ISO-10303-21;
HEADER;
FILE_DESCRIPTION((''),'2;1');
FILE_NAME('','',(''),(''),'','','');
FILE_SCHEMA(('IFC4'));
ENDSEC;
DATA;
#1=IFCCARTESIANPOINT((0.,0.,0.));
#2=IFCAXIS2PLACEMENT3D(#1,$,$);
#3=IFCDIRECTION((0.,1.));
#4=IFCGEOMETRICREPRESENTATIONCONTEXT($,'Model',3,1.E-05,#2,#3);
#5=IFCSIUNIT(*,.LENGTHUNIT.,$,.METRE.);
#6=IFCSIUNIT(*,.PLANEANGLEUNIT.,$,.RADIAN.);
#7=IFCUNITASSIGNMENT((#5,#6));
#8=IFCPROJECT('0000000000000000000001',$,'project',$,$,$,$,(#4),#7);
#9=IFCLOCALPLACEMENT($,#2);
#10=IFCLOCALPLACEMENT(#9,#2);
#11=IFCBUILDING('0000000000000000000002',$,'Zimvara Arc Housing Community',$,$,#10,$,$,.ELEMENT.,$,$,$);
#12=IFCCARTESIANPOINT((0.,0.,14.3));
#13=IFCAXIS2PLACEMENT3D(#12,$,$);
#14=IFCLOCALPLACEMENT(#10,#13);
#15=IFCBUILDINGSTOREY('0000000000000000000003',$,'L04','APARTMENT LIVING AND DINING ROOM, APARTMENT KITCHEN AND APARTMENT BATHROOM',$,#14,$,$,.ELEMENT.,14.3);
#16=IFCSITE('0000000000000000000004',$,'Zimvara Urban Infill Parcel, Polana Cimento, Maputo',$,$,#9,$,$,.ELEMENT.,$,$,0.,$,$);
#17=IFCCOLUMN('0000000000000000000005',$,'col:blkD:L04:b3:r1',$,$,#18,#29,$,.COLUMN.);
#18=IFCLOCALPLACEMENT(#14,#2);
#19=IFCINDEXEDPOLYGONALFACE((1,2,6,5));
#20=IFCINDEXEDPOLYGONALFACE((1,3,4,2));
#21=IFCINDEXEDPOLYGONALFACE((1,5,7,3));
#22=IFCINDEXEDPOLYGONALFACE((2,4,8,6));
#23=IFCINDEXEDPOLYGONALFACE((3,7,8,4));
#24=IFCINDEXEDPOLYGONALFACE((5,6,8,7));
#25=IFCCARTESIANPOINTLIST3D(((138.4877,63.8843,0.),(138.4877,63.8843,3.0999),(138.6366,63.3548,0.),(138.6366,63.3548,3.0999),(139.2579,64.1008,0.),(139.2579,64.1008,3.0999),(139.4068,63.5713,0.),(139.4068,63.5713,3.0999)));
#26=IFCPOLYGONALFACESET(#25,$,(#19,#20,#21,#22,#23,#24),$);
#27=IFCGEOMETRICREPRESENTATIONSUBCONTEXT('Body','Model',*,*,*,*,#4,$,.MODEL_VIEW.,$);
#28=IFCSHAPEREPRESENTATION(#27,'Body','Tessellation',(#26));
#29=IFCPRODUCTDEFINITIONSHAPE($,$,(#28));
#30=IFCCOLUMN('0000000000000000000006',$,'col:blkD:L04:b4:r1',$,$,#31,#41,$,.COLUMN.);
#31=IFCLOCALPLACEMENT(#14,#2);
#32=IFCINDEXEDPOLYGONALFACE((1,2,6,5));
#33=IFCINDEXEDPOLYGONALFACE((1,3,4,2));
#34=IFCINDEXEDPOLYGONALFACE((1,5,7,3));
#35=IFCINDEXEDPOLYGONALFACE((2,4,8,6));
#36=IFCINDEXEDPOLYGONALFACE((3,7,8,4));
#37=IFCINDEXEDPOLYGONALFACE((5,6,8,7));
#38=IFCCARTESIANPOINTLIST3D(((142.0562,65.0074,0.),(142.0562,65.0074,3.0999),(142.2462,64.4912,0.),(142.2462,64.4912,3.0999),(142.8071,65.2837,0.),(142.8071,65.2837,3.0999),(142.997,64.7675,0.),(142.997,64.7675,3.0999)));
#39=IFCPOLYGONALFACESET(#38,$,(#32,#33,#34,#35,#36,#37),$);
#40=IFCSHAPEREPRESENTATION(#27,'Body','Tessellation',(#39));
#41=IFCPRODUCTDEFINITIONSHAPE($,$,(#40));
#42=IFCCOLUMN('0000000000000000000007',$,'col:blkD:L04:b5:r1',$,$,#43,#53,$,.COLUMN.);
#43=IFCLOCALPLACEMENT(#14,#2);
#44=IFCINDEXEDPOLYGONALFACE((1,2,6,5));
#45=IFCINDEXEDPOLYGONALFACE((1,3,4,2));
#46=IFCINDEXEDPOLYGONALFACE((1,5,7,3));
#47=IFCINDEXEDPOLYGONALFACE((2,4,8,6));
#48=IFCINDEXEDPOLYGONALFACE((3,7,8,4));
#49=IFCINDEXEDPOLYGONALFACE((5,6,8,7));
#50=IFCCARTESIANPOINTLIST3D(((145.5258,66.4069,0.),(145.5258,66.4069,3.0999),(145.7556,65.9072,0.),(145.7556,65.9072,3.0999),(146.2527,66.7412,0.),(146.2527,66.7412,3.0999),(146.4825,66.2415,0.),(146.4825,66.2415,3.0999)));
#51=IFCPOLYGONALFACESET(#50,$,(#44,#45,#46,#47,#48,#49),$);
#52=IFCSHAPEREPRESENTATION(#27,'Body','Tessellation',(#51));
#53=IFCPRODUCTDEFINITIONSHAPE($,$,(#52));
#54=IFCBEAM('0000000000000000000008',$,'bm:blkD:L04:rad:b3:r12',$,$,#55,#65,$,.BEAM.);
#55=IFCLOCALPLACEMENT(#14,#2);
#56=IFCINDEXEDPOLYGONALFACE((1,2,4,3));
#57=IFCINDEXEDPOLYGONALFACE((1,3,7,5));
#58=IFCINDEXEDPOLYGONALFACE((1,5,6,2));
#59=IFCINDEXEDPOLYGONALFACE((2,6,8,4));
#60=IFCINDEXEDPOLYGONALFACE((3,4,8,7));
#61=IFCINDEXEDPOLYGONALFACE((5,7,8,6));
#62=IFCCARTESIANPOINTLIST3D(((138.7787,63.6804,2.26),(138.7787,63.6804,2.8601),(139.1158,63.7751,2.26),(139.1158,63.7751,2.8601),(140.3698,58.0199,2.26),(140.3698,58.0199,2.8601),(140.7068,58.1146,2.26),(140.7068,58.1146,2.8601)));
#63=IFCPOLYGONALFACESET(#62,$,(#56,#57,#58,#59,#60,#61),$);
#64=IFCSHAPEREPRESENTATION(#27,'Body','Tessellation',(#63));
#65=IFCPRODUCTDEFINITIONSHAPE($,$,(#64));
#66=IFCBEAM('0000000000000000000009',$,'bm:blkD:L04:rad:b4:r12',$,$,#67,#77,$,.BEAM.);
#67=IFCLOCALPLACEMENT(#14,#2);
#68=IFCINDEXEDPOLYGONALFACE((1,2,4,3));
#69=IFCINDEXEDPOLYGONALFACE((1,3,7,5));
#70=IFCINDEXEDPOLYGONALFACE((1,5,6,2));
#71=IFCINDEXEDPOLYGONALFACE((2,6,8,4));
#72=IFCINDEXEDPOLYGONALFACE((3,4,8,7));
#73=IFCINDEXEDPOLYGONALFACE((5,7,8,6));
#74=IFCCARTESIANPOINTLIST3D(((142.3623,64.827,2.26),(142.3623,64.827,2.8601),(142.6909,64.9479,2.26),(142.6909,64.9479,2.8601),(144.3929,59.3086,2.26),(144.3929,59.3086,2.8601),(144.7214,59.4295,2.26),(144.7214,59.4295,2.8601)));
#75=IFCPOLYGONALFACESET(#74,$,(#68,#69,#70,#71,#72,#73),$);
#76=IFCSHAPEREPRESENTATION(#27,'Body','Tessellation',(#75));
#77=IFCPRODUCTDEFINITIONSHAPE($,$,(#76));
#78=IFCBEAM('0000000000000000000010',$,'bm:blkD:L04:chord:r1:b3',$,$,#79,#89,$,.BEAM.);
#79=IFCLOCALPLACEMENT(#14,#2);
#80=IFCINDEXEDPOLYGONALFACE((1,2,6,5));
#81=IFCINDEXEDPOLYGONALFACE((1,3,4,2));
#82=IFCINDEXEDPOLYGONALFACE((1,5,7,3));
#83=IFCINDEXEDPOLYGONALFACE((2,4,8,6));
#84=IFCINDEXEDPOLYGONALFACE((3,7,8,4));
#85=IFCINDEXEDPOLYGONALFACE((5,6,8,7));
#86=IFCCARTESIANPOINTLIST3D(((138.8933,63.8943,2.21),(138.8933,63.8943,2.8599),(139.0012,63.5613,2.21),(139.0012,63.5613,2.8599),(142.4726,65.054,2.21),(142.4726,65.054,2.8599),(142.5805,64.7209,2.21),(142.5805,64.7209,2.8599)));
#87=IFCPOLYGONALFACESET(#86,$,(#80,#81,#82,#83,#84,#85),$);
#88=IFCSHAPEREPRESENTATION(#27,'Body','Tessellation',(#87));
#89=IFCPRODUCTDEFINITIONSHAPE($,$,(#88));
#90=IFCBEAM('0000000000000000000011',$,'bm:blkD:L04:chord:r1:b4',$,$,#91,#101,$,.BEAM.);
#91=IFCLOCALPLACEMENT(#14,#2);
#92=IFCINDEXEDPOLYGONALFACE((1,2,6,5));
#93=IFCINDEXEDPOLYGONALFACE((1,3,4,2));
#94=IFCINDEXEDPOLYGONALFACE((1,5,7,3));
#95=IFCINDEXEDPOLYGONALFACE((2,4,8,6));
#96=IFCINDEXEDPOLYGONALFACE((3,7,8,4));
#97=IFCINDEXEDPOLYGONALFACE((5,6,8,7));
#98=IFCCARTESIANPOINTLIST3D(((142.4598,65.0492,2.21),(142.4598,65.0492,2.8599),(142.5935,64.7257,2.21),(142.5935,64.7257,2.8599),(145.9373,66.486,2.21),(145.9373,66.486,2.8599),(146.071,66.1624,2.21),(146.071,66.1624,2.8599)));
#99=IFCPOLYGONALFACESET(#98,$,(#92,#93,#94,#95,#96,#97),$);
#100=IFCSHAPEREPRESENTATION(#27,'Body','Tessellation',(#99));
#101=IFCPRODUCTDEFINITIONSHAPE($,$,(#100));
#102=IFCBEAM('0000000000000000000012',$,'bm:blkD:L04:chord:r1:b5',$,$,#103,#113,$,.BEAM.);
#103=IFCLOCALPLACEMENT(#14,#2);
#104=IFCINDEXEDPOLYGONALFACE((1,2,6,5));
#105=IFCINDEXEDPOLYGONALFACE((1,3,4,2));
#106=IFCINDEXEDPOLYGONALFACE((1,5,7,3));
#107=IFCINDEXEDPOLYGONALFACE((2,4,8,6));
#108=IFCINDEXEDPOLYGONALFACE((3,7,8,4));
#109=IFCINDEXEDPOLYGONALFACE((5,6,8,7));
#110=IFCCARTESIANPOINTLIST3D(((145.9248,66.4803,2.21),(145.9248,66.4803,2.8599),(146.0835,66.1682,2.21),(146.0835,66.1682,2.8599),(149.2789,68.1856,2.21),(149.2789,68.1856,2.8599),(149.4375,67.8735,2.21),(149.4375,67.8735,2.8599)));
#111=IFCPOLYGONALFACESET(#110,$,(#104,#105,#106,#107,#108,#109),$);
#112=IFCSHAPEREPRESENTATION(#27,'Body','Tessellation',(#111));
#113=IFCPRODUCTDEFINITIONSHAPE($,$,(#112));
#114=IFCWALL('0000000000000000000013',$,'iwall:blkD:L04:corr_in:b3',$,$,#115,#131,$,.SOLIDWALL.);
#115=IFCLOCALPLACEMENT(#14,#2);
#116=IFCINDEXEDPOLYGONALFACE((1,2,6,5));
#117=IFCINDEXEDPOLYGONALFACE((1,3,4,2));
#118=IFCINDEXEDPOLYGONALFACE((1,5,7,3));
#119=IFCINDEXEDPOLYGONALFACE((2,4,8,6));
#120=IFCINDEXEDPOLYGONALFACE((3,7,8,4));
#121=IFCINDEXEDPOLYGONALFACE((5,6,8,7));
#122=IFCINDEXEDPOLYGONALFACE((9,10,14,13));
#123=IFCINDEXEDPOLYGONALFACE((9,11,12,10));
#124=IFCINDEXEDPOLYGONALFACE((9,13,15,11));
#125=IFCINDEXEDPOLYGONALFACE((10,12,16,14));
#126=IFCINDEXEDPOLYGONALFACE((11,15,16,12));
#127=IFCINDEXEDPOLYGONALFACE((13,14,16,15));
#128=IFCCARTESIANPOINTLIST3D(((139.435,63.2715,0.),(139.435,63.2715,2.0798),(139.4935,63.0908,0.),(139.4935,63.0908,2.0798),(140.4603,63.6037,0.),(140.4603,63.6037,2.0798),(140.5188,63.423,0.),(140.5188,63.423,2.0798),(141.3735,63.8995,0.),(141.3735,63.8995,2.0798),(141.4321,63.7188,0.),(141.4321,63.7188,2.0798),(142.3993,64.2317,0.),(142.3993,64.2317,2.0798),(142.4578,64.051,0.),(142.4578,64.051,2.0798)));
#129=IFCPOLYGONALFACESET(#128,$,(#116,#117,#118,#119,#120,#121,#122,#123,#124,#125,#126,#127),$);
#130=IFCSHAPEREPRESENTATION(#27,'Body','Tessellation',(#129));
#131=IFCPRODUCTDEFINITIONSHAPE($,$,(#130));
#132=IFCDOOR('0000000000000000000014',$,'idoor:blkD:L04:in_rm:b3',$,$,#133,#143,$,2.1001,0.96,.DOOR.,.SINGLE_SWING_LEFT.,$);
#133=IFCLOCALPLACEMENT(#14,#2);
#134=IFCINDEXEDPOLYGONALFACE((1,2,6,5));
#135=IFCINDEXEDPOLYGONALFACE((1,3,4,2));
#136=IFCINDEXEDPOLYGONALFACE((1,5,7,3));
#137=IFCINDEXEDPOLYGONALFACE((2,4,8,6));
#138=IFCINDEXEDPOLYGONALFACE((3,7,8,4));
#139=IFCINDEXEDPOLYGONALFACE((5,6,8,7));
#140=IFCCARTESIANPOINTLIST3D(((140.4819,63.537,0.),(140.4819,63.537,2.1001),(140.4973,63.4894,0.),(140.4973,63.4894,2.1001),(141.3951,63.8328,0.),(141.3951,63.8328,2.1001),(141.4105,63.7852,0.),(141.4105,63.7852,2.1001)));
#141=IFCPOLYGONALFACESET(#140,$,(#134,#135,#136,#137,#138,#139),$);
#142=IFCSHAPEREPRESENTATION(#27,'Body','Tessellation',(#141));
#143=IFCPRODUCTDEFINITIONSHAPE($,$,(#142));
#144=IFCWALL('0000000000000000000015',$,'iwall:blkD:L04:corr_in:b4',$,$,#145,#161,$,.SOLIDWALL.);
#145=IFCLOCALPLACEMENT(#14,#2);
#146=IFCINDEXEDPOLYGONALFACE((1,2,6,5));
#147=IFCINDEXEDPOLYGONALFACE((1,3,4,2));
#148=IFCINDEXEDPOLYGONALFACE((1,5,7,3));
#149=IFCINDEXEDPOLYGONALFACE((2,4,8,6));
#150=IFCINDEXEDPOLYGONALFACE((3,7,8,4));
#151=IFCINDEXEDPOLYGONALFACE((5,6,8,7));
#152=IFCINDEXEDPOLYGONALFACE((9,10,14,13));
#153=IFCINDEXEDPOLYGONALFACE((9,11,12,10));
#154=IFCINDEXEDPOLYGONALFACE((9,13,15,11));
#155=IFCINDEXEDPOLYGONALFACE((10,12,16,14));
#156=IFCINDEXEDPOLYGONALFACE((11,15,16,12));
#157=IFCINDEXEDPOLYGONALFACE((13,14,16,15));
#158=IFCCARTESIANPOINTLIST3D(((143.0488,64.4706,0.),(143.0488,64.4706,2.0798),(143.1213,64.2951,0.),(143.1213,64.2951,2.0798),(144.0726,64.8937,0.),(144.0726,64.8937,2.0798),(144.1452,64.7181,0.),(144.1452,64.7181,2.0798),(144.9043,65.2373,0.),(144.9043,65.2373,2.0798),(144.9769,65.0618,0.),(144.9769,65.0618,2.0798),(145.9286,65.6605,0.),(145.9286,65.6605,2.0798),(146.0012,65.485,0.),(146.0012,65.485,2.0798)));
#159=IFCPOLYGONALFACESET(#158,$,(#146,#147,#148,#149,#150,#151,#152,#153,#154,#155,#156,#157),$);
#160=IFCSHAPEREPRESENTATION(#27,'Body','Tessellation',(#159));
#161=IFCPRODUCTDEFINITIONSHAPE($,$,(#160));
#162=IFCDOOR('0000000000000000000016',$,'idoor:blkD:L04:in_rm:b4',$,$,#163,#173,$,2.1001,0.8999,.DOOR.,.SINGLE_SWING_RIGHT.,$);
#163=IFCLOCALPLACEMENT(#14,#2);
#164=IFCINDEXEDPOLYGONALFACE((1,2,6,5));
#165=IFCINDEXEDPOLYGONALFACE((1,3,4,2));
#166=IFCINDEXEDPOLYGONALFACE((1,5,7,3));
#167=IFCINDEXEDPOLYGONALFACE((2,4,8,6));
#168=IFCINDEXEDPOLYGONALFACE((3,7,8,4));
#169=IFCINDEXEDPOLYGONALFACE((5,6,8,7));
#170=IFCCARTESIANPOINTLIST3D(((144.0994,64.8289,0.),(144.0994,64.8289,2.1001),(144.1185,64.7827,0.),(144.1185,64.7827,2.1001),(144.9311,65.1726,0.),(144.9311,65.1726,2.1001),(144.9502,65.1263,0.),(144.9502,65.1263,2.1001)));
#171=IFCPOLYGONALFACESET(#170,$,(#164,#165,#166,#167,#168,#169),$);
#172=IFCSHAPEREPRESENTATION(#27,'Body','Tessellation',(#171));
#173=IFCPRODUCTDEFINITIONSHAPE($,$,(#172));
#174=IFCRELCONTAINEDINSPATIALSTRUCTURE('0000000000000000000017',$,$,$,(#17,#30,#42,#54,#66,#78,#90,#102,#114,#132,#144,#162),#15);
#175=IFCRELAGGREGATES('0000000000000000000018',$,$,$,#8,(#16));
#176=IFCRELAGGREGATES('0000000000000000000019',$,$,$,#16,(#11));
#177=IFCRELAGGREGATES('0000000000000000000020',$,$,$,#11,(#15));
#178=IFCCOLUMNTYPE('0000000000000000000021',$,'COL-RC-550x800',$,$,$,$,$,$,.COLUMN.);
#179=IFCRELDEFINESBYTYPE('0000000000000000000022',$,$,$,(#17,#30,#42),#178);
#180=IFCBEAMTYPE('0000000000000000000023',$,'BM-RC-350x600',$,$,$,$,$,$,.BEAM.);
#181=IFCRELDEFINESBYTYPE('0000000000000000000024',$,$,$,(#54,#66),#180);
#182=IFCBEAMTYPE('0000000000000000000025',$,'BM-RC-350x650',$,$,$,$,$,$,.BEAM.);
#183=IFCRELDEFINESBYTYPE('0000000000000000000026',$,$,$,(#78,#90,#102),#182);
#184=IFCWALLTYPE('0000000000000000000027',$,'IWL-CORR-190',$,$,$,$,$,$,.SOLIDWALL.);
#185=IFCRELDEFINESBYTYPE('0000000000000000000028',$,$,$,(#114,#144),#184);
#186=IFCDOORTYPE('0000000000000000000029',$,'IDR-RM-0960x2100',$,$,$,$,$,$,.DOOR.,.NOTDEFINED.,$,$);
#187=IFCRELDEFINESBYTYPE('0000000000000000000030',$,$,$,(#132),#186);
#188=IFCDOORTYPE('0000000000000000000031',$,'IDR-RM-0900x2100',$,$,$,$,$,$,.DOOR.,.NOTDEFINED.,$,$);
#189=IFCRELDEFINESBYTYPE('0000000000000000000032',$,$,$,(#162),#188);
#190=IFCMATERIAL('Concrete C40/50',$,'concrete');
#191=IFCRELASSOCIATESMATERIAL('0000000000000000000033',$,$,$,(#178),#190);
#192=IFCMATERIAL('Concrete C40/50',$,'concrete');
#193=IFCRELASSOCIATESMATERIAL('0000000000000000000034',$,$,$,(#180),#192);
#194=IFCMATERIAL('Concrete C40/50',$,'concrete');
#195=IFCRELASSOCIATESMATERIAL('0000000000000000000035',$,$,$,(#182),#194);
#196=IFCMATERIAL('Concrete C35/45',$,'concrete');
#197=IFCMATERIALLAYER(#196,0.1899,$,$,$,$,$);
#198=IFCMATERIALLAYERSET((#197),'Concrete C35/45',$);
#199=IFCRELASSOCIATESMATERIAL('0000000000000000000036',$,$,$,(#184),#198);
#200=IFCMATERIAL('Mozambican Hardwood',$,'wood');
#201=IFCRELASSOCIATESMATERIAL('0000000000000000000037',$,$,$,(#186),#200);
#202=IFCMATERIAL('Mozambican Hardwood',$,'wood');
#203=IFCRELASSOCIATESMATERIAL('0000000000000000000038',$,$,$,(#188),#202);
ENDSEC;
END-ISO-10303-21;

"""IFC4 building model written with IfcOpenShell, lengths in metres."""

from ifc_helpers import new_model, si_unit, direction, frame, frame_2d, origin, origin_2d, place, context, subcontext, project, spatial, rectangle, extrude, material, layer, layer_set, material_profile, profile_set, type_object, element, fill, save


model = new_model("IFC4")

# Units and contexts
model_context = context("Model", 3, precision=1e-05, world=origin(), true_north=direction((0.0, 1.0)))
body_context = subcontext(model_context, "Body", "Model", "MODEL_VIEW")
ifc_project = project(units=[si_unit("LENGTHUNIT", "METRE"), si_unit("PLANEANGLEUNIT", "RADIAN")], contexts=[model_context])

# Site, building, storey
site_placement = place(None, origin())
site = spatial("IfcSite", under=ifc_project, at=site_placement, Name="Zimvara Urban Infill Parcel, Polana Cimento, Maputo", CompositionType="ELEMENT", RefElevation=0.0)
building_placement = place(site_placement, origin())
building = spatial("IfcBuilding", under=site, at=building_placement, Name="Zimvara Arc Housing Community", CompositionType="ELEMENT")
storey_placement = place(building_placement, frame((0.0, 0.0, 14.3)))
storey = spatial("IfcBuildingStorey", under=building, at=storey_placement, Name="L04", Description="APARTMENT LIVING AND DINING ROOM, APARTMENT KITCHEN AND APARTMENT BATHROOM", CompositionType="ELEMENT", Elevation=14.3)

# Columns
ifc_material_1 = material(Name="Concrete C40/50", Category="concrete")
ifc_material_profile_1 = material_profile(ifc_material_1, rectangle(XDim=0.55, YDim=0.8, at=origin_2d()), Name="RC 550x800")
ifc_profile_set_1 = profile_set([ifc_material_profile_1], Name="Concrete C40/50")
column_type = type_object("IfcColumnType", Name="COL-RC-550x800", PredefinedType="COLUMN", material=ifc_profile_set_1)
for number, where, z_axis, x_axis, name in (
    (1, (138.9473, 63.7278, 0.0), (0.0, 0.0, 1.0), (0.2706, -0.962692, 0.0), "col:blkD:L04:b3:r1"),
    (2, (142.5266, 64.8875, 0.0), (0.0, 0.0, 1.0), (0.345298, -0.938493, 0.0), "col:blkD:L04:b4:r1"),
    (3, (146.0042, 66.3242, 0.0), (0.0, 0.0, 1.0), (0.417867, -0.908508, 0.0), "col:blkD:L04:b5:r1"),
):
    element("IfcColumn", number, at=place(storey_placement, frame(where, z_axis=z_axis, x_axis=x_axis)), inside=storey, type_object=column_type, Name=name, PredefinedType="COLUMN", context=body_context, shape_type="SweptSolid", body=[
        extrude(rectangle(XDim=0.55, YDim=0.8, at=origin_2d()), origin(), (0.0, 0.0, 1.0), 3.0999),
    ])

# Beams
ifc_material_2 = material(Name="Concrete C40/50", Category="concrete")
ifc_material_profile_2 = material_profile(ifc_material_2, rectangle(XDim=0.3501, YDim=0.6001, at=origin_2d()), Name="RC 350x600")
ifc_profile_set_2 = profile_set([ifc_material_profile_2], Name="Concrete C40/50")
beam_type_1 = type_object("IfcBeamType", Name="BM-RC-350x600", PredefinedType="BEAM", material=ifc_profile_set_2)
beam_1_placement = place(storey_placement, frame((138.9473, 63.7278, 2.5601), z_axis=(0.270589, -0.962695, 0.0), x_axis=(0.962695, 0.270589, 0.0)))
element("IfcBeam", 4, at=beam_1_placement, inside=storey, type_object=beam_type_1, Name="bm:blkD:L04:rad:b3:r12", PredefinedType="BEAM", context=body_context, shape_type="SweptSolid", body=[
    extrude(rectangle(XDim=0.3501, YDim=0.6001, at=origin_2d()), origin(), (0.0, 0.0, 1.0), 5.8799),
])
beam_2_placement = place(storey_placement, frame((142.5266, 64.8875, 2.5601), z_axis=(0.345324, -0.938483, 0.0), x_axis=(0.938483, 0.345324, 0.0)))
element("IfcBeam", 5, at=beam_2_placement, inside=storey, type_object=beam_type_1, Name="bm:blkD:L04:rad:b4:r12", PredefinedType="BEAM", context=body_context, shape_type="SweptSolid", body=[
    extrude(rectangle(XDim=0.3501, YDim=0.6001, at=origin_2d()), origin(), (0.0, 0.0, 1.0), 5.8801),
])
ifc_material_3 = material(Name="Concrete C40/50", Category="concrete")
ifc_material_profile_3 = material_profile(ifc_material_3, rectangle(XDim=0.3501, YDim=0.6499, at=origin_2d()), Name="RC 350x650")
ifc_profile_set_3 = profile_set([ifc_material_profile_3], Name="Concrete C40/50")
beam_type_2 = type_object("IfcBeamType", Name="BM-RC-350x650", PredefinedType="BEAM", material=ifc_profile_set_3)
beam_3_placement = place(storey_placement, frame((138.9473, 63.7278, 2.5349), z_axis=(0.951316, 0.308216, 0.0), x_axis=(-0.308216, 0.951316, 0.0)))
element("IfcBeam", 6, at=beam_3_placement, inside=storey, type_object=beam_type_2, Name="bm:blkD:L04:chord:r1:b3", PredefinedType="BEAM", context=body_context, shape_type="SweptSolid", body=[
    extrude(rectangle(XDim=0.3501, YDim=0.6499, at=origin_2d()), origin(), (0.0, 0.0, 1.0), 3.7625),
])
for number, where, z_axis, x_axis, name in (
    (7, (142.5266, 64.8875, 2.5349), (0.924225, 0.381849, 0.0), (-0.381849, 0.924225, 0.0), "bm:blkD:L04:chord:r1:b4"),
    (8, (146.0042, 66.3242, 2.5349), (0.891396, 0.453225, 0.0), (-0.453225, 0.891396, 0.0), "bm:blkD:L04:chord:r1:b5"),
):
    element("IfcBeam", number, at=place(storey_placement, frame(where, z_axis=z_axis, x_axis=x_axis)), inside=storey, type_object=beam_type_2, Name=name, PredefinedType="BEAM", context=body_context, shape_type="SweptSolid", body=[
        extrude(rectangle(XDim=0.3501, YDim=0.6499, at=origin_2d()), origin(), (0.0, 0.0, 1.0), 3.7627),
    ])

# Walls, openings, doors
ifc_material_4 = material(Name="Concrete C35/45", Category="concrete")
ifc_layer_1 = layer(ifc_material_4, 0.1899)
ifc_layer_set_1 = layer_set([ifc_layer_1], Name="Concrete C35/45")
wall_type_1 = type_object("IfcWallType", Name="IWL-CORR-190", PredefinedType="SOLIDWALL", material=ifc_layer_set_1)
wall_1_placement = place(storey_placement, frame((139.4641, 63.1812, 0.0), z_axis=(0.0, 0.0, 1.0), x_axis=(0.951336, 0.308154, 0.0)))
wall_1 = element("IfcWall", 9, at=wall_1_placement, inside=storey, type_object=wall_type_1, Name="iwall:blkD:L04:corr_in:b3", PredefinedType="SOLIDWALL", context=body_context, shape_type="SweptSolid", body=[
    extrude(rectangle(XDim=3.116, YDim=0.1899, at=frame_2d((1.5581, 0.0))), origin(), (0.0, 0.0, 1.0), 2.0798),
])
opening_1_placement = place(wall_1_placement, frame((1.0779, 0.0, 0.0)))
opening_1 = element("IfcOpeningElement", 10, at=opening_1_placement, cuts=wall_1, PredefinedType="OPENING", context=body_context, shape_type="SweptSolid", body=[
    extrude(rectangle(XDim=0.96, YDim=2.1001, at=frame_2d((0.48, 1.05))), frame((0.0, 0.105, 0.0), z_axis=(0.0, -1.0, 0.0), x_axis=(1.0, 0.0, 0.0)), (0.0, 0.0, 1.0), 0.21),
])
ifc_material_5 = material(Name="Mozambican Hardwood", Category="wood")
door_type_1 = type_object("IfcDoorType", Name="IDR-RM-0960x2100", OperationType="NOTDEFINED", PredefinedType="DOOR", material=ifc_material_5)
door_1_placement = place(opening_1_placement, origin())
door_1 = element("IfcDoor", 11, at=door_1_placement, inside=storey, type_object=door_type_1, Name="idoor:blkD:L04:in_rm:b3", OperationType="SINGLE_SWING_LEFT", OverallHeight=2.1001, OverallWidth=0.96, PredefinedType="DOOR", context=body_context, shape_type="SweptSolid", body=[
    extrude(rectangle(XDim=0.96, YDim=2.1001, at=frame_2d((0.48, 1.05))), frame((0.0, 0.0249, 0.0), z_axis=(0.0, -1.0, 0.0), x_axis=(1.0, 0.0, 0.0)), (0.0, 0.0, 1.0), 0.05),
])
fill(opening_1, door_1)
wall_2_placement = place(storey_placement, frame((143.085, 64.3828, 0.0), z_axis=(0.0, 0.0, 1.0), x_axis=(0.924213, 0.381877, 0.0)))
wall_2 = element("IfcWall", 12, at=wall_2_placement, inside=storey, type_object=wall_type_1, Name="iwall:blkD:L04:corr_in:b4", PredefinedType="SOLIDWALL", context=body_context, shape_type="SweptSolid", body=[
    extrude(rectangle(XDim=3.116, YDim=0.1899, at=frame_2d((1.5581, 0.0))), origin(), (0.0, 0.0, 1.0), 2.0798),
])
opening_2_placement = place(wall_2_placement, frame((1.1079, 0.0, 0.0)))
opening_2 = element("IfcOpeningElement", 13, at=opening_2_placement, cuts=wall_2, PredefinedType="OPENING", context=body_context, shape_type="SweptSolid", body=[
    extrude(rectangle(XDim=0.8999, YDim=2.1001, at=frame_2d((0.45, 1.05))), frame((0.0, 0.105, 0.0), z_axis=(0.0, -1.0, 0.0), x_axis=(1.0, 0.0, 0.0)), (0.0, 0.0, 1.0), 0.21),
])
ifc_material_6 = material(Name="Mozambican Hardwood", Category="wood")
door_type_2 = type_object("IfcDoorType", Name="IDR-RM-0900x2100", OperationType="NOTDEFINED", PredefinedType="DOOR", material=ifc_material_6)
door_2_placement = place(opening_2_placement, origin())
door_2 = element("IfcDoor", 14, at=door_2_placement, inside=storey, type_object=door_type_2, Name="idoor:blkD:L04:in_rm:b4", OperationType="SINGLE_SWING_RIGHT", OverallHeight=2.1001, OverallWidth=0.8999, PredefinedType="DOOR", context=body_context, shape_type="SweptSolid", body=[
    extrude(rectangle(XDim=0.8999, YDim=2.1001, at=frame_2d((0.45, 1.05))), frame((0.0, 0.0249, 0.0), z_axis=(0.0, -1.0, 0.0), x_axis=(1.0, 0.0, 0.0)), (0.0, 0.0, 1.0), 0.05),
])
fill(opening_2, door_2)

save(model, "model.ifc")
